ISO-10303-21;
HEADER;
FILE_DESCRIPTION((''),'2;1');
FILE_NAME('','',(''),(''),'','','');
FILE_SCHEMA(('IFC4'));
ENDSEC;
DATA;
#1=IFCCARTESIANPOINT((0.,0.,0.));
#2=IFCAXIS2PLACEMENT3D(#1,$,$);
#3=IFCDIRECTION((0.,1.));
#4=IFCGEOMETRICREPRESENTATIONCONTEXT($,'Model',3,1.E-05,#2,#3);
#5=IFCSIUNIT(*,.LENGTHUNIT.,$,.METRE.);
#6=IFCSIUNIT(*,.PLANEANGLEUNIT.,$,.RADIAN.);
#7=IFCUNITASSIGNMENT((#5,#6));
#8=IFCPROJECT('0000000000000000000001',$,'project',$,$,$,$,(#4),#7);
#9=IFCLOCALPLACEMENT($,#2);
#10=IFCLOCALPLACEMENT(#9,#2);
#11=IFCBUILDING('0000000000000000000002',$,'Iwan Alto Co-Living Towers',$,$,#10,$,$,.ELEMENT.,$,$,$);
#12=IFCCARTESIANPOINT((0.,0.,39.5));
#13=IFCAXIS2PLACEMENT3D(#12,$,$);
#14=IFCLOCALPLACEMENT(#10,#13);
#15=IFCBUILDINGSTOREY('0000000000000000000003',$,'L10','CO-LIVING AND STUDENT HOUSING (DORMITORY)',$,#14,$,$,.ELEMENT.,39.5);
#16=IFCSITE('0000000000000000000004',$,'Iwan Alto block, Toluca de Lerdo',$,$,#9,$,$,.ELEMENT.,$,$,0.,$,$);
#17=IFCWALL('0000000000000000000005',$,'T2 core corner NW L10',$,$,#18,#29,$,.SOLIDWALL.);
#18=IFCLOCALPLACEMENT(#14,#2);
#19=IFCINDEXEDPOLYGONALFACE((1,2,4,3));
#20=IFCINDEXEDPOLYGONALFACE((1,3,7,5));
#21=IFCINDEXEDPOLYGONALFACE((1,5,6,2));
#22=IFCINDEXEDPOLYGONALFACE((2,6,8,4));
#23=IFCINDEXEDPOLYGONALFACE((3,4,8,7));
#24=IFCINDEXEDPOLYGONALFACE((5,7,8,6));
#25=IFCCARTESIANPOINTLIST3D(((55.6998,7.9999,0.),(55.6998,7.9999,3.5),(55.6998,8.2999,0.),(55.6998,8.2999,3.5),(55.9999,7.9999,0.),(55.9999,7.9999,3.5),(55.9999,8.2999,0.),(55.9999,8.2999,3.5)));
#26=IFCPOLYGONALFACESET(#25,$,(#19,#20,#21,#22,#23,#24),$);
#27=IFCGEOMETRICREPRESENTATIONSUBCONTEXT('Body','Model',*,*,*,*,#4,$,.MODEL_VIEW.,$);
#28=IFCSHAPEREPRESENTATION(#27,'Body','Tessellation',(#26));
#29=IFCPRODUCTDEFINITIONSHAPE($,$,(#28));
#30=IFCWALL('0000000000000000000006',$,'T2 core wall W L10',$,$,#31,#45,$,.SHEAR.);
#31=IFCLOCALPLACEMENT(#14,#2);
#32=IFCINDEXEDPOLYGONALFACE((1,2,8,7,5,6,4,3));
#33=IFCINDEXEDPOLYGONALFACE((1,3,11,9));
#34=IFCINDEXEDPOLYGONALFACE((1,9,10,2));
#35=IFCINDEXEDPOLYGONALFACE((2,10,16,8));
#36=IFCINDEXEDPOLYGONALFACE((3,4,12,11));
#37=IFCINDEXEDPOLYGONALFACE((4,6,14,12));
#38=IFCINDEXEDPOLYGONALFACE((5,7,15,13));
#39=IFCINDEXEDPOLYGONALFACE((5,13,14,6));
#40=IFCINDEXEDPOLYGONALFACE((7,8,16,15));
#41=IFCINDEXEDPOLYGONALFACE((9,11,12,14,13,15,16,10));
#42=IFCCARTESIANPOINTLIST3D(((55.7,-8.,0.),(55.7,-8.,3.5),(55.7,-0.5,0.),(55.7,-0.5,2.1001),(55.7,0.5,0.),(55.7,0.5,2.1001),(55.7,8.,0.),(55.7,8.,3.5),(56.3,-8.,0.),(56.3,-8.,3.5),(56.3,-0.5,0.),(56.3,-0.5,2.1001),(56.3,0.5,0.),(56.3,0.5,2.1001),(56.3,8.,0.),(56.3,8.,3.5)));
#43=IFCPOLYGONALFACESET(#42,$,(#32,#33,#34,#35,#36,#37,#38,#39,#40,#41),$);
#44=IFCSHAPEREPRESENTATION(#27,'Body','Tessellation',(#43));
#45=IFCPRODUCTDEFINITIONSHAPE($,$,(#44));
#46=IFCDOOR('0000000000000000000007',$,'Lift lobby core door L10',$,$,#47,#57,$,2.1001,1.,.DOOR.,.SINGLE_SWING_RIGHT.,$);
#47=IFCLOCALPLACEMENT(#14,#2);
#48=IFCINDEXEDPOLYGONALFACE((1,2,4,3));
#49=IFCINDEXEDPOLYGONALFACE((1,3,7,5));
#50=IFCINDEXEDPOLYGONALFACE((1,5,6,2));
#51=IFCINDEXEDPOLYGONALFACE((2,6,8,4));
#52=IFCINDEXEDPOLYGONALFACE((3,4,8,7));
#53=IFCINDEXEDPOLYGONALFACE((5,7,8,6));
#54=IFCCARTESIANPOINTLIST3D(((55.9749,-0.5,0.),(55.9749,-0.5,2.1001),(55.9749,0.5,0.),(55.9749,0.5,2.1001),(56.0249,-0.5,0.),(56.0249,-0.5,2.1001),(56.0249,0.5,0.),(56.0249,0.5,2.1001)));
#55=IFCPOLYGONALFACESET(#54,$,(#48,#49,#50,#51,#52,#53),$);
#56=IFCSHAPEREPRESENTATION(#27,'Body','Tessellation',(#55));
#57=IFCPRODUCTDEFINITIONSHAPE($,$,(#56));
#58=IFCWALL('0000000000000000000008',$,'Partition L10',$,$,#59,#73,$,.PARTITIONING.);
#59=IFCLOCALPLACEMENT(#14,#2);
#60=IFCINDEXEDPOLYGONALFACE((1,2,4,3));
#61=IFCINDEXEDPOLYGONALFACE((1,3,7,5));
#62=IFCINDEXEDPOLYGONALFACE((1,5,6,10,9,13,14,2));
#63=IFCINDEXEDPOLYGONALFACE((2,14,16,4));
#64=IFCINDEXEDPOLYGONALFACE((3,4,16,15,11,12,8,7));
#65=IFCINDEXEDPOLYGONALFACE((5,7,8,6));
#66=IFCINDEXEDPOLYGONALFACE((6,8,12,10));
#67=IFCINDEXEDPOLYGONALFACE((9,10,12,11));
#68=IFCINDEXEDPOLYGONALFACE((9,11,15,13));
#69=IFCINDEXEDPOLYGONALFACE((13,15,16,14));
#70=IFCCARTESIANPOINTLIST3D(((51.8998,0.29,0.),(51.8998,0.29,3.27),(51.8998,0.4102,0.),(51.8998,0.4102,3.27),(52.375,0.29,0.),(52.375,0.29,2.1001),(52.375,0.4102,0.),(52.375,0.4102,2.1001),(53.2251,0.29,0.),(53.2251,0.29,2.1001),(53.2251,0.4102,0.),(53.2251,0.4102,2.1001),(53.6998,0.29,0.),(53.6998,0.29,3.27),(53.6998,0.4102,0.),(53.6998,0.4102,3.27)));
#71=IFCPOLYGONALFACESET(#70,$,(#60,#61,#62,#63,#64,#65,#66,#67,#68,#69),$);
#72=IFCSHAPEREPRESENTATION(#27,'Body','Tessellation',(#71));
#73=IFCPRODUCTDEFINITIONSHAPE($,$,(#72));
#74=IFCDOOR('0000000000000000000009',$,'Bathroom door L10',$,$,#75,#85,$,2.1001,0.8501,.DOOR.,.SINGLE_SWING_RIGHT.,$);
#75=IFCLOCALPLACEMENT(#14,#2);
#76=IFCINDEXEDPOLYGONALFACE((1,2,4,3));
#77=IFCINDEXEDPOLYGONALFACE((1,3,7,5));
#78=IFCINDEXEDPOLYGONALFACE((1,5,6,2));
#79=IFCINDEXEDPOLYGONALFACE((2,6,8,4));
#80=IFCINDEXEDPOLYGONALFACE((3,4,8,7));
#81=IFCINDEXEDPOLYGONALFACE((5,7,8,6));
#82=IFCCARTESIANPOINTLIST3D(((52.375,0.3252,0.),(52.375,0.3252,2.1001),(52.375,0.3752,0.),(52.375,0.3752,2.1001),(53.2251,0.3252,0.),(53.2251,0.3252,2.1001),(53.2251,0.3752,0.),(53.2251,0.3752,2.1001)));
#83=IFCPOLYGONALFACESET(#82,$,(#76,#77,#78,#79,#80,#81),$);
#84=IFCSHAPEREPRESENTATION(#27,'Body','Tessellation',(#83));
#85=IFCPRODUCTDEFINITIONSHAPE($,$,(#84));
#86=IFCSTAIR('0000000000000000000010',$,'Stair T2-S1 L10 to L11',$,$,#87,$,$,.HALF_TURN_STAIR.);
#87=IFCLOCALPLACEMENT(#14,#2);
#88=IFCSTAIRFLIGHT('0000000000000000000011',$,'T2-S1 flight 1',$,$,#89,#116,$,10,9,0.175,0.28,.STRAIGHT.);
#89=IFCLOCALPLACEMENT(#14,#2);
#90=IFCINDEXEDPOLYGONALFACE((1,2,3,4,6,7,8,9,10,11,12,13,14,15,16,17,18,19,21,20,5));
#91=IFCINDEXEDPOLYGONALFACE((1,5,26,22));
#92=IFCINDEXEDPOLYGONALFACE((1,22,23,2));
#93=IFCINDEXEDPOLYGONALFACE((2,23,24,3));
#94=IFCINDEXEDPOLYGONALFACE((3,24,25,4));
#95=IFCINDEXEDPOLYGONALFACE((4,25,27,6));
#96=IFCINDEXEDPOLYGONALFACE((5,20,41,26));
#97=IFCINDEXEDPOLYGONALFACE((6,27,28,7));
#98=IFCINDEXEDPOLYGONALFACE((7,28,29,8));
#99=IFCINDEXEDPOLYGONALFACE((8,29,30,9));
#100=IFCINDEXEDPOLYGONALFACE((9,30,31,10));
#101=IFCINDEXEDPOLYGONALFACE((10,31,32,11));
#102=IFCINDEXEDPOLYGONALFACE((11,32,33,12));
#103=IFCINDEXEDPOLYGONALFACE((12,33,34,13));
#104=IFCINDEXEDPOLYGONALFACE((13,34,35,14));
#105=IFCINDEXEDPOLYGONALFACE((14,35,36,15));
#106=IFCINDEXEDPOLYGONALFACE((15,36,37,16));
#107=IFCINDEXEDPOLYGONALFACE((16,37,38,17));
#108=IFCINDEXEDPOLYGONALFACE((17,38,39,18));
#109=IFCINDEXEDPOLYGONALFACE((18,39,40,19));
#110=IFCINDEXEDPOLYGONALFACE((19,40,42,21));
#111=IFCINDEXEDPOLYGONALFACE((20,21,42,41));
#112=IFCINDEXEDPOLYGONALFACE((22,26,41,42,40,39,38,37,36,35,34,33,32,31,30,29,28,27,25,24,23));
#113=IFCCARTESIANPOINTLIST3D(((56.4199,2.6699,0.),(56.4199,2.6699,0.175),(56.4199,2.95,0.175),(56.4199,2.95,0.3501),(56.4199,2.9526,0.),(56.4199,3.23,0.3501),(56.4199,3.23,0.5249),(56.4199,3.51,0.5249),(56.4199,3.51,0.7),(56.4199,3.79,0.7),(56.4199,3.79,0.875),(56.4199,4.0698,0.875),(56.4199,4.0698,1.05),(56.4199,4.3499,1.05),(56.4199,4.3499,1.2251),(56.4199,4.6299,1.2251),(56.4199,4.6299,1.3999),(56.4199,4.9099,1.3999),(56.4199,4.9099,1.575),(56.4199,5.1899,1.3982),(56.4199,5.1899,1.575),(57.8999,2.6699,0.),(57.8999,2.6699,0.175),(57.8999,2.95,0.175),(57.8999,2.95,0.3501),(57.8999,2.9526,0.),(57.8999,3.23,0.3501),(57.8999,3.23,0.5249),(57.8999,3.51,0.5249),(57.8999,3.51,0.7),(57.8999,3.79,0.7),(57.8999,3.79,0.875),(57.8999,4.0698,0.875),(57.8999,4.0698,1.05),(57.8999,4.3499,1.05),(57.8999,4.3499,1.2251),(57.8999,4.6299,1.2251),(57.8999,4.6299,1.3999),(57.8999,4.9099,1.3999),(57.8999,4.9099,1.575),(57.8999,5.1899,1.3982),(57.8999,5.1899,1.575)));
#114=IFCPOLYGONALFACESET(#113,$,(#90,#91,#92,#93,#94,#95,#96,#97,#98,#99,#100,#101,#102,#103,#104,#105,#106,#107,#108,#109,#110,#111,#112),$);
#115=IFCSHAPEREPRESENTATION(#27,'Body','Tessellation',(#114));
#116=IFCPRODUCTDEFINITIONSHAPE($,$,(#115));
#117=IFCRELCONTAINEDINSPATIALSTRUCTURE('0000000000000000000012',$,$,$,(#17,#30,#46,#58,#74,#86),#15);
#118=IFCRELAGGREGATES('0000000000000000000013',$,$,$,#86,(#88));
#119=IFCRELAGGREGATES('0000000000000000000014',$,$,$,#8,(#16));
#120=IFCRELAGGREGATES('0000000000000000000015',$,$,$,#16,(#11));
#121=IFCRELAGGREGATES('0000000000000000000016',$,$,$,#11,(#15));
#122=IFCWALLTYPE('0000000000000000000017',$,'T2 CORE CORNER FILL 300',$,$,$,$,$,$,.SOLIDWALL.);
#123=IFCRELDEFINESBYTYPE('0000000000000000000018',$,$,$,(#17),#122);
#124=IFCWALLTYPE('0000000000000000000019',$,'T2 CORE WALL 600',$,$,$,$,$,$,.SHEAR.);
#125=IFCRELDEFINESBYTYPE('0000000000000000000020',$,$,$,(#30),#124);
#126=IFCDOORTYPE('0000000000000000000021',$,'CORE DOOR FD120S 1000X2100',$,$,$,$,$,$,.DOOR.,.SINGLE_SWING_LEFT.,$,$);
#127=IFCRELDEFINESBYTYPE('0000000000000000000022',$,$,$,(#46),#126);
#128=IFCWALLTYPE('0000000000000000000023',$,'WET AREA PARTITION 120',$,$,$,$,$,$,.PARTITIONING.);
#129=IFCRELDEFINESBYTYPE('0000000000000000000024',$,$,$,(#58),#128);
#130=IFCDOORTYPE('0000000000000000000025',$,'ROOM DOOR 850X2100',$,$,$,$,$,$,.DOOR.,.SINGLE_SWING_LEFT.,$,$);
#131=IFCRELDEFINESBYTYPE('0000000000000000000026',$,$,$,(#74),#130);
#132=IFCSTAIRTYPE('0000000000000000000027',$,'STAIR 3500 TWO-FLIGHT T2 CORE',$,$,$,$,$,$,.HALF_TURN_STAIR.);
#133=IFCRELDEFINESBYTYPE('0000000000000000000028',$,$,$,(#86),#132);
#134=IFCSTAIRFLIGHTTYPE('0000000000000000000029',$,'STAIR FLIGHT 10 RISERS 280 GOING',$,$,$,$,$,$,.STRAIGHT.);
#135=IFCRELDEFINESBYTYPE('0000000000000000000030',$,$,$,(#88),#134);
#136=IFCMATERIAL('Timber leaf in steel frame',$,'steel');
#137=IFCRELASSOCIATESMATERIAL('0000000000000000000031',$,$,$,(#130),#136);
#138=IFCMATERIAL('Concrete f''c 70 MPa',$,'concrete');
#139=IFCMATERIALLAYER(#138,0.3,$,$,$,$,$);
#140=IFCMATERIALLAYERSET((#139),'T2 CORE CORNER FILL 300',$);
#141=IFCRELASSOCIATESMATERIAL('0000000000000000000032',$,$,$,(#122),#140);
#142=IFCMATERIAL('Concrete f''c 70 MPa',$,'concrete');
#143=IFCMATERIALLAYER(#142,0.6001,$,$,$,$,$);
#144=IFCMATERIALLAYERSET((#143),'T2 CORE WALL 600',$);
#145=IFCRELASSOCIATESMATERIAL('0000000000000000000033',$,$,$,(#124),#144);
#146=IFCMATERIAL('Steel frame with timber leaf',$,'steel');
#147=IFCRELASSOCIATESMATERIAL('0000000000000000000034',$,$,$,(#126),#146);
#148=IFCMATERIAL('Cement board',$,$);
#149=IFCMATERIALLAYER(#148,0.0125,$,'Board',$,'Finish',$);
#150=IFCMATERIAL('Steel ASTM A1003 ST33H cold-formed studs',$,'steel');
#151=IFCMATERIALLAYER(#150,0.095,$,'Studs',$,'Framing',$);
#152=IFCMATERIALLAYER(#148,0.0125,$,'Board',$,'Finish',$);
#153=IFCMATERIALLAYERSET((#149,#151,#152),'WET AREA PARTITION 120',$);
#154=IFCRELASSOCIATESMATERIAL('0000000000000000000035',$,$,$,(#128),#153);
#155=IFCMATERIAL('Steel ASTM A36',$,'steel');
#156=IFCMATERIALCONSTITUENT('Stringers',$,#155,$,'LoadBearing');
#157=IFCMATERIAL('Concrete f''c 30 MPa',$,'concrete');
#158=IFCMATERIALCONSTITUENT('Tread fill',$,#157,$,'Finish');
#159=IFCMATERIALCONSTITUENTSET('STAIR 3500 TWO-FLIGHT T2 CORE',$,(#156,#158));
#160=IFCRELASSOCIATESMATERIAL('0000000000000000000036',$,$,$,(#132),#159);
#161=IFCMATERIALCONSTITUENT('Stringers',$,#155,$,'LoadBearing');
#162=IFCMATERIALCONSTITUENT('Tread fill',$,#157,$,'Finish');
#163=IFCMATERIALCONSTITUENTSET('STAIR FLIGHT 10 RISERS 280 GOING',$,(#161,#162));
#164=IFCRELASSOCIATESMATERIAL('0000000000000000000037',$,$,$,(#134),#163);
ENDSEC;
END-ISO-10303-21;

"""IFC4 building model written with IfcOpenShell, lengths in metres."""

from ifc_helpers import new_model, si_unit, direction, frame, frame_2d, origin, place, context, subcontext, project, spatial, polyline, rectangle, outline, extrude, material, layer, layer_set, constituent, constituent_set, type_object, element, fill, aggregate, save


model = new_model("IFC4")

# Units and contexts
model_context = context("Model", 3, precision=1e-05, world=origin(), true_north=direction((0.0, 1.0)))
body_context = subcontext(model_context, "Body", "Model", "MODEL_VIEW")
ifc_project = project(units=[si_unit("LENGTHUNIT", "METRE"), si_unit("PLANEANGLEUNIT", "RADIAN")], contexts=[model_context])

# Site, building, storey
site_placement = place(None, origin())
site = spatial("IfcSite", under=ifc_project, at=site_placement, Name="Iwan Alto block, Toluca de Lerdo", CompositionType="ELEMENT", RefElevation=0.0)
building_placement = place(site_placement, origin())
building = spatial("IfcBuilding", under=site, at=building_placement, Name="Iwan Alto Co-Living Towers", CompositionType="ELEMENT")
storey_placement = place(building_placement, frame((0.0, 0.0, 39.5)))
storey = spatial("IfcBuildingStorey", under=building, at=storey_placement, Name="L10", Description="CO-LIVING AND STUDENT HOUSING (DORMITORY)", CompositionType="ELEMENT", Elevation=39.5)

# Shared definitions
ifc_material_1 = material(Name="Steel ASTM A1003 ST33H cold-formed studs", Category="steel")

# Shared definitions
ifc_material_2 = material(Name="Timber leaf in steel frame", Category="steel")
door_type_1 = type_object("IfcDoorType", Name="ROOM DOOR 850X2100", OperationType="SINGLE_SWING_LEFT", PredefinedType="DOOR", material=ifc_material_2)

# Wall
ifc_material_3 = material(Name="Concrete f'c 70 MPa", Category="concrete")
ifc_layer_1 = layer(ifc_material_3, 0.3)
ifc_layer_set_1 = layer_set([ifc_layer_1], Name="T2 CORE CORNER FILL 300")
wall_type_1 = type_object("IfcWallType", Name="T2 CORE CORNER FILL 300", PredefinedType="SOLIDWALL", material=ifc_layer_set_1)
wall_1_placement = place(storey_placement, frame((55.7, 8.1499, 0.0), z_axis=(0.0, 0.0, 1.0), x_axis=(1.0, 0.0, 0.0)))
element("IfcWall", 1, at=wall_1_placement, inside=storey, type_object=wall_type_1, Name="T2 core corner NW L10", PredefinedType="SOLIDWALL", context=body_context, shape_type="SweptSolid", body=[
    extrude(rectangle(XDim=0.3, YDim=0.3, at=frame_2d((0.1499, 0.0))), origin(), (0.0, 0.0, 1.0), 3.5),
])

# Walls, openings, doors
ifc_material_4 = material(Name="Concrete f'c 70 MPa", Category="concrete")
ifc_layer_2 = layer(ifc_material_4, 0.6001)
ifc_layer_set_2 = layer_set([ifc_layer_2], Name="T2 CORE WALL 600")
wall_type_2 = type_object("IfcWallType", Name="T2 CORE WALL 600", PredefinedType="SHEAR", material=ifc_layer_set_2)
wall_2_placement = place(storey_placement, frame((56.0, 8.0, 0.0), z_axis=(0.0, 0.0, 1.0), x_axis=(0.0, -1.0, 0.0)))
wall_2 = element("IfcWall", 2, at=wall_2_placement, inside=storey, type_object=wall_type_2, Name="T2 core wall W L10", PredefinedType="SHEAR", context=body_context, shape_type="SweptSolid", body=[
    extrude(rectangle(XDim=16.0, YDim=0.6001, at=frame_2d((8.0, 0.0))), origin(), (0.0, 0.0, 1.0), 3.5),
])
opening_1_placement = place(wall_2_placement, frame((7.5, 0.0, 0.0)))
opening_1 = element("IfcOpeningElement", 3, at=opening_1_placement, cuts=wall_2, PredefinedType="OPENING", context=body_context, shape_type="SweptSolid", body=[
    extrude(rectangle(XDim=1.0, YDim=2.1001, at=frame_2d((0.5, 1.05))), frame((0.0, 0.3101, 0.0), z_axis=(0.0, -1.0, 0.0), x_axis=(1.0, 0.0, 0.0)), (0.0, 0.0, 1.0), 0.6201),
])
ifc_material_5 = material(Name="Steel frame with timber leaf", Category="steel")
door_type_2 = type_object("IfcDoorType", Name="CORE DOOR FD120S 1000X2100", OperationType="SINGLE_SWING_LEFT", PredefinedType="DOOR", material=ifc_material_5)
door_1_placement = place(opening_1_placement, origin())
door_1 = element("IfcDoor", 4, at=door_1_placement, inside=storey, type_object=door_type_2, Name="Lift lobby core door L10", OperationType="SINGLE_SWING_RIGHT", OverallHeight=2.1001, OverallWidth=1.0, PredefinedType="DOOR", context=body_context, shape_type="SweptSolid", body=[
    extrude(rectangle(XDim=1.0, YDim=2.1001, at=frame_2d((0.5, 1.05))), frame((0.0, 0.0249, 0.0), z_axis=(0.0, -1.0, 0.0), x_axis=(1.0, 0.0, 0.0)), (0.0, 0.0, 1.0), 0.05),
])
fill(opening_1, door_1)
ifc_material_6 = material(Name="Cement board")
ifc_layer_3 = layer(ifc_material_6, 0.0125, Name="Board", Category="Finish")
ifc_layer_4 = layer(ifc_material_1, 0.095, Name="Studs", Category="Framing")
ifc_layer_5 = layer(ifc_material_6, 0.0125, Name="Board", Category="Finish")
ifc_layer_set_3 = layer_set([ifc_layer_3, ifc_layer_4, ifc_layer_5], Name="WET AREA PARTITION 120")
wall_type_3 = type_object("IfcWallType", Name="WET AREA PARTITION 120", PredefinedType="PARTITIONING", material=ifc_layer_set_3)
wall_3_placement = place(storey_placement, frame((51.8999, 0.3501, 0.0), z_axis=(0.0, 0.0, 1.0), x_axis=(1.0, 0.0, 0.0)))
wall_3 = element("IfcWall", 5, at=wall_3_placement, inside=storey, type_object=wall_type_3, Name="Partition L10", PredefinedType="PARTITIONING", context=body_context, shape_type="SweptSolid", body=[
    extrude(rectangle(XDim=1.8, YDim=0.1201, at=frame_2d((0.8999, 0.0))), origin(), (0.0, 0.0, 1.0), 3.27),
])
opening_2_placement = place(wall_3_placement, frame((0.4751, 0.0, 0.0)))
opening_2 = element("IfcOpeningElement", 6, at=opening_2_placement, cuts=wall_3, PredefinedType="OPENING", context=body_context, shape_type="SweptSolid", body=[
    extrude(rectangle(XDim=0.8501, YDim=2.1001, at=frame_2d((0.425, 1.05))), frame((0.0, 0.0701, 0.0), z_axis=(0.0, -1.0, 0.0), x_axis=(1.0, 0.0, 0.0)), (0.0, 0.0, 1.0), 0.1401),
])
door_2_placement = place(opening_2_placement, frame((0.8501, 0.0, 0.0), z_axis=(0.0, 0.0, 1.0), x_axis=(-1.0, 0.0, 0.0)))
door_2 = element("IfcDoor", 7, at=door_2_placement, inside=storey, type_object=door_type_1, Name="Bathroom door L10", OperationType="SINGLE_SWING_RIGHT", OverallHeight=2.1001, OverallWidth=0.8501, PredefinedType="DOOR", context=body_context, shape_type="SweptSolid", body=[
    extrude(rectangle(XDim=0.8501, YDim=2.1001, at=frame_2d((0.425, 1.05))), frame((0.0, 0.0249, 0.0), z_axis=(0.0, -1.0, 0.0), x_axis=(1.0, 0.0, 0.0)), (0.0, 0.0, 1.0), 0.05),
])
fill(opening_2, door_2)

# Stair, stair flight
ifc_material_7 = material(Name="Steel ASTM A36", Category="steel")
ifc_constituent_1 = constituent(ifc_material_7, Name="Stringers", Category="LoadBearing")
ifc_material_8 = material(Name="Concrete f'c 30 MPa", Category="concrete")
ifc_constituent_2 = constituent(ifc_material_8, Name="Tread fill", Category="Finish")
ifc_constituent_set_1 = constituent_set(constituents=[ifc_constituent_1, ifc_constituent_2], Name="STAIR 3500 TWO-FLIGHT T2 CORE")
stair_type = type_object("IfcStairType", Name="STAIR 3500 TWO-FLIGHT T2 CORE", PredefinedType="HALF_TURN_STAIR", material=ifc_constituent_set_1)
stair_placement = place(storey_placement, origin())
stair = element("IfcStair", 8, at=stair_placement, inside=storey, type_object=stair_type, Name="Stair T2-S1 L10 to L11", PredefinedType="HALF_TURN_STAIR")
ifc_constituent_3 = constituent(ifc_material_7, Name="Stringers", Category="LoadBearing")
ifc_constituent_4 = constituent(ifc_material_8, Name="Tread fill", Category="Finish")
ifc_constituent_set_2 = constituent_set(constituents=[ifc_constituent_3, ifc_constituent_4], Name="STAIR FLIGHT 10 RISERS 280 GOING")
stair_flight_type = type_object("IfcStairFlightType", Name="STAIR FLIGHT 10 RISERS 280 GOING", PredefinedType="STRAIGHT", material=ifc_constituent_set_2)
stair_flight_placement = place(storey_placement, frame((57.1599, 2.6699, 0.0), z_axis=(0.0, 0.0, 1.0), x_axis=(0.0, 1.0, 0.0)))
stair_flight = element("IfcStairFlight", 9, at=stair_flight_placement, type_object=stair_flight_type, Name="T2-S1 flight 1", NumberOfRisers=10, NumberOfTreads=9, PredefinedType="STRAIGHT", RiserHeight=0.175, TreadLength=0.28, context=body_context, shape_type="SweptSolid", body=[
    extrude(outline(polyline([(0.0, 0.0), (0.0, 0.175), (0.28, 0.175), (0.28, 0.3501), (0.5601, 0.3501), (0.5601, 0.5249), (0.8401, 0.5249), (0.8401, 0.7), (1.1201, 0.7), (1.1201, 0.875), (1.3999, 0.875), (1.3999, 1.05), (1.6799, 1.05), (1.6799, 1.2251), (1.96, 1.2251), (1.96, 1.3999), (2.24, 1.3999), (2.24, 1.575), (2.52, 1.575), (2.52, 1.75), (2.52, 1.3982), (0.2827, 0.0), (0.0, 0.0)])), frame((0.0, 0.74, 0.0), z_axis=(0.0, -1.0, 0.0), x_axis=(1.0, 0.0, 0.0)), (0.0, 0.0, 1.0), 1.48),
])
aggregate(stair, [stair_flight])

save(model, "model.ifc")
